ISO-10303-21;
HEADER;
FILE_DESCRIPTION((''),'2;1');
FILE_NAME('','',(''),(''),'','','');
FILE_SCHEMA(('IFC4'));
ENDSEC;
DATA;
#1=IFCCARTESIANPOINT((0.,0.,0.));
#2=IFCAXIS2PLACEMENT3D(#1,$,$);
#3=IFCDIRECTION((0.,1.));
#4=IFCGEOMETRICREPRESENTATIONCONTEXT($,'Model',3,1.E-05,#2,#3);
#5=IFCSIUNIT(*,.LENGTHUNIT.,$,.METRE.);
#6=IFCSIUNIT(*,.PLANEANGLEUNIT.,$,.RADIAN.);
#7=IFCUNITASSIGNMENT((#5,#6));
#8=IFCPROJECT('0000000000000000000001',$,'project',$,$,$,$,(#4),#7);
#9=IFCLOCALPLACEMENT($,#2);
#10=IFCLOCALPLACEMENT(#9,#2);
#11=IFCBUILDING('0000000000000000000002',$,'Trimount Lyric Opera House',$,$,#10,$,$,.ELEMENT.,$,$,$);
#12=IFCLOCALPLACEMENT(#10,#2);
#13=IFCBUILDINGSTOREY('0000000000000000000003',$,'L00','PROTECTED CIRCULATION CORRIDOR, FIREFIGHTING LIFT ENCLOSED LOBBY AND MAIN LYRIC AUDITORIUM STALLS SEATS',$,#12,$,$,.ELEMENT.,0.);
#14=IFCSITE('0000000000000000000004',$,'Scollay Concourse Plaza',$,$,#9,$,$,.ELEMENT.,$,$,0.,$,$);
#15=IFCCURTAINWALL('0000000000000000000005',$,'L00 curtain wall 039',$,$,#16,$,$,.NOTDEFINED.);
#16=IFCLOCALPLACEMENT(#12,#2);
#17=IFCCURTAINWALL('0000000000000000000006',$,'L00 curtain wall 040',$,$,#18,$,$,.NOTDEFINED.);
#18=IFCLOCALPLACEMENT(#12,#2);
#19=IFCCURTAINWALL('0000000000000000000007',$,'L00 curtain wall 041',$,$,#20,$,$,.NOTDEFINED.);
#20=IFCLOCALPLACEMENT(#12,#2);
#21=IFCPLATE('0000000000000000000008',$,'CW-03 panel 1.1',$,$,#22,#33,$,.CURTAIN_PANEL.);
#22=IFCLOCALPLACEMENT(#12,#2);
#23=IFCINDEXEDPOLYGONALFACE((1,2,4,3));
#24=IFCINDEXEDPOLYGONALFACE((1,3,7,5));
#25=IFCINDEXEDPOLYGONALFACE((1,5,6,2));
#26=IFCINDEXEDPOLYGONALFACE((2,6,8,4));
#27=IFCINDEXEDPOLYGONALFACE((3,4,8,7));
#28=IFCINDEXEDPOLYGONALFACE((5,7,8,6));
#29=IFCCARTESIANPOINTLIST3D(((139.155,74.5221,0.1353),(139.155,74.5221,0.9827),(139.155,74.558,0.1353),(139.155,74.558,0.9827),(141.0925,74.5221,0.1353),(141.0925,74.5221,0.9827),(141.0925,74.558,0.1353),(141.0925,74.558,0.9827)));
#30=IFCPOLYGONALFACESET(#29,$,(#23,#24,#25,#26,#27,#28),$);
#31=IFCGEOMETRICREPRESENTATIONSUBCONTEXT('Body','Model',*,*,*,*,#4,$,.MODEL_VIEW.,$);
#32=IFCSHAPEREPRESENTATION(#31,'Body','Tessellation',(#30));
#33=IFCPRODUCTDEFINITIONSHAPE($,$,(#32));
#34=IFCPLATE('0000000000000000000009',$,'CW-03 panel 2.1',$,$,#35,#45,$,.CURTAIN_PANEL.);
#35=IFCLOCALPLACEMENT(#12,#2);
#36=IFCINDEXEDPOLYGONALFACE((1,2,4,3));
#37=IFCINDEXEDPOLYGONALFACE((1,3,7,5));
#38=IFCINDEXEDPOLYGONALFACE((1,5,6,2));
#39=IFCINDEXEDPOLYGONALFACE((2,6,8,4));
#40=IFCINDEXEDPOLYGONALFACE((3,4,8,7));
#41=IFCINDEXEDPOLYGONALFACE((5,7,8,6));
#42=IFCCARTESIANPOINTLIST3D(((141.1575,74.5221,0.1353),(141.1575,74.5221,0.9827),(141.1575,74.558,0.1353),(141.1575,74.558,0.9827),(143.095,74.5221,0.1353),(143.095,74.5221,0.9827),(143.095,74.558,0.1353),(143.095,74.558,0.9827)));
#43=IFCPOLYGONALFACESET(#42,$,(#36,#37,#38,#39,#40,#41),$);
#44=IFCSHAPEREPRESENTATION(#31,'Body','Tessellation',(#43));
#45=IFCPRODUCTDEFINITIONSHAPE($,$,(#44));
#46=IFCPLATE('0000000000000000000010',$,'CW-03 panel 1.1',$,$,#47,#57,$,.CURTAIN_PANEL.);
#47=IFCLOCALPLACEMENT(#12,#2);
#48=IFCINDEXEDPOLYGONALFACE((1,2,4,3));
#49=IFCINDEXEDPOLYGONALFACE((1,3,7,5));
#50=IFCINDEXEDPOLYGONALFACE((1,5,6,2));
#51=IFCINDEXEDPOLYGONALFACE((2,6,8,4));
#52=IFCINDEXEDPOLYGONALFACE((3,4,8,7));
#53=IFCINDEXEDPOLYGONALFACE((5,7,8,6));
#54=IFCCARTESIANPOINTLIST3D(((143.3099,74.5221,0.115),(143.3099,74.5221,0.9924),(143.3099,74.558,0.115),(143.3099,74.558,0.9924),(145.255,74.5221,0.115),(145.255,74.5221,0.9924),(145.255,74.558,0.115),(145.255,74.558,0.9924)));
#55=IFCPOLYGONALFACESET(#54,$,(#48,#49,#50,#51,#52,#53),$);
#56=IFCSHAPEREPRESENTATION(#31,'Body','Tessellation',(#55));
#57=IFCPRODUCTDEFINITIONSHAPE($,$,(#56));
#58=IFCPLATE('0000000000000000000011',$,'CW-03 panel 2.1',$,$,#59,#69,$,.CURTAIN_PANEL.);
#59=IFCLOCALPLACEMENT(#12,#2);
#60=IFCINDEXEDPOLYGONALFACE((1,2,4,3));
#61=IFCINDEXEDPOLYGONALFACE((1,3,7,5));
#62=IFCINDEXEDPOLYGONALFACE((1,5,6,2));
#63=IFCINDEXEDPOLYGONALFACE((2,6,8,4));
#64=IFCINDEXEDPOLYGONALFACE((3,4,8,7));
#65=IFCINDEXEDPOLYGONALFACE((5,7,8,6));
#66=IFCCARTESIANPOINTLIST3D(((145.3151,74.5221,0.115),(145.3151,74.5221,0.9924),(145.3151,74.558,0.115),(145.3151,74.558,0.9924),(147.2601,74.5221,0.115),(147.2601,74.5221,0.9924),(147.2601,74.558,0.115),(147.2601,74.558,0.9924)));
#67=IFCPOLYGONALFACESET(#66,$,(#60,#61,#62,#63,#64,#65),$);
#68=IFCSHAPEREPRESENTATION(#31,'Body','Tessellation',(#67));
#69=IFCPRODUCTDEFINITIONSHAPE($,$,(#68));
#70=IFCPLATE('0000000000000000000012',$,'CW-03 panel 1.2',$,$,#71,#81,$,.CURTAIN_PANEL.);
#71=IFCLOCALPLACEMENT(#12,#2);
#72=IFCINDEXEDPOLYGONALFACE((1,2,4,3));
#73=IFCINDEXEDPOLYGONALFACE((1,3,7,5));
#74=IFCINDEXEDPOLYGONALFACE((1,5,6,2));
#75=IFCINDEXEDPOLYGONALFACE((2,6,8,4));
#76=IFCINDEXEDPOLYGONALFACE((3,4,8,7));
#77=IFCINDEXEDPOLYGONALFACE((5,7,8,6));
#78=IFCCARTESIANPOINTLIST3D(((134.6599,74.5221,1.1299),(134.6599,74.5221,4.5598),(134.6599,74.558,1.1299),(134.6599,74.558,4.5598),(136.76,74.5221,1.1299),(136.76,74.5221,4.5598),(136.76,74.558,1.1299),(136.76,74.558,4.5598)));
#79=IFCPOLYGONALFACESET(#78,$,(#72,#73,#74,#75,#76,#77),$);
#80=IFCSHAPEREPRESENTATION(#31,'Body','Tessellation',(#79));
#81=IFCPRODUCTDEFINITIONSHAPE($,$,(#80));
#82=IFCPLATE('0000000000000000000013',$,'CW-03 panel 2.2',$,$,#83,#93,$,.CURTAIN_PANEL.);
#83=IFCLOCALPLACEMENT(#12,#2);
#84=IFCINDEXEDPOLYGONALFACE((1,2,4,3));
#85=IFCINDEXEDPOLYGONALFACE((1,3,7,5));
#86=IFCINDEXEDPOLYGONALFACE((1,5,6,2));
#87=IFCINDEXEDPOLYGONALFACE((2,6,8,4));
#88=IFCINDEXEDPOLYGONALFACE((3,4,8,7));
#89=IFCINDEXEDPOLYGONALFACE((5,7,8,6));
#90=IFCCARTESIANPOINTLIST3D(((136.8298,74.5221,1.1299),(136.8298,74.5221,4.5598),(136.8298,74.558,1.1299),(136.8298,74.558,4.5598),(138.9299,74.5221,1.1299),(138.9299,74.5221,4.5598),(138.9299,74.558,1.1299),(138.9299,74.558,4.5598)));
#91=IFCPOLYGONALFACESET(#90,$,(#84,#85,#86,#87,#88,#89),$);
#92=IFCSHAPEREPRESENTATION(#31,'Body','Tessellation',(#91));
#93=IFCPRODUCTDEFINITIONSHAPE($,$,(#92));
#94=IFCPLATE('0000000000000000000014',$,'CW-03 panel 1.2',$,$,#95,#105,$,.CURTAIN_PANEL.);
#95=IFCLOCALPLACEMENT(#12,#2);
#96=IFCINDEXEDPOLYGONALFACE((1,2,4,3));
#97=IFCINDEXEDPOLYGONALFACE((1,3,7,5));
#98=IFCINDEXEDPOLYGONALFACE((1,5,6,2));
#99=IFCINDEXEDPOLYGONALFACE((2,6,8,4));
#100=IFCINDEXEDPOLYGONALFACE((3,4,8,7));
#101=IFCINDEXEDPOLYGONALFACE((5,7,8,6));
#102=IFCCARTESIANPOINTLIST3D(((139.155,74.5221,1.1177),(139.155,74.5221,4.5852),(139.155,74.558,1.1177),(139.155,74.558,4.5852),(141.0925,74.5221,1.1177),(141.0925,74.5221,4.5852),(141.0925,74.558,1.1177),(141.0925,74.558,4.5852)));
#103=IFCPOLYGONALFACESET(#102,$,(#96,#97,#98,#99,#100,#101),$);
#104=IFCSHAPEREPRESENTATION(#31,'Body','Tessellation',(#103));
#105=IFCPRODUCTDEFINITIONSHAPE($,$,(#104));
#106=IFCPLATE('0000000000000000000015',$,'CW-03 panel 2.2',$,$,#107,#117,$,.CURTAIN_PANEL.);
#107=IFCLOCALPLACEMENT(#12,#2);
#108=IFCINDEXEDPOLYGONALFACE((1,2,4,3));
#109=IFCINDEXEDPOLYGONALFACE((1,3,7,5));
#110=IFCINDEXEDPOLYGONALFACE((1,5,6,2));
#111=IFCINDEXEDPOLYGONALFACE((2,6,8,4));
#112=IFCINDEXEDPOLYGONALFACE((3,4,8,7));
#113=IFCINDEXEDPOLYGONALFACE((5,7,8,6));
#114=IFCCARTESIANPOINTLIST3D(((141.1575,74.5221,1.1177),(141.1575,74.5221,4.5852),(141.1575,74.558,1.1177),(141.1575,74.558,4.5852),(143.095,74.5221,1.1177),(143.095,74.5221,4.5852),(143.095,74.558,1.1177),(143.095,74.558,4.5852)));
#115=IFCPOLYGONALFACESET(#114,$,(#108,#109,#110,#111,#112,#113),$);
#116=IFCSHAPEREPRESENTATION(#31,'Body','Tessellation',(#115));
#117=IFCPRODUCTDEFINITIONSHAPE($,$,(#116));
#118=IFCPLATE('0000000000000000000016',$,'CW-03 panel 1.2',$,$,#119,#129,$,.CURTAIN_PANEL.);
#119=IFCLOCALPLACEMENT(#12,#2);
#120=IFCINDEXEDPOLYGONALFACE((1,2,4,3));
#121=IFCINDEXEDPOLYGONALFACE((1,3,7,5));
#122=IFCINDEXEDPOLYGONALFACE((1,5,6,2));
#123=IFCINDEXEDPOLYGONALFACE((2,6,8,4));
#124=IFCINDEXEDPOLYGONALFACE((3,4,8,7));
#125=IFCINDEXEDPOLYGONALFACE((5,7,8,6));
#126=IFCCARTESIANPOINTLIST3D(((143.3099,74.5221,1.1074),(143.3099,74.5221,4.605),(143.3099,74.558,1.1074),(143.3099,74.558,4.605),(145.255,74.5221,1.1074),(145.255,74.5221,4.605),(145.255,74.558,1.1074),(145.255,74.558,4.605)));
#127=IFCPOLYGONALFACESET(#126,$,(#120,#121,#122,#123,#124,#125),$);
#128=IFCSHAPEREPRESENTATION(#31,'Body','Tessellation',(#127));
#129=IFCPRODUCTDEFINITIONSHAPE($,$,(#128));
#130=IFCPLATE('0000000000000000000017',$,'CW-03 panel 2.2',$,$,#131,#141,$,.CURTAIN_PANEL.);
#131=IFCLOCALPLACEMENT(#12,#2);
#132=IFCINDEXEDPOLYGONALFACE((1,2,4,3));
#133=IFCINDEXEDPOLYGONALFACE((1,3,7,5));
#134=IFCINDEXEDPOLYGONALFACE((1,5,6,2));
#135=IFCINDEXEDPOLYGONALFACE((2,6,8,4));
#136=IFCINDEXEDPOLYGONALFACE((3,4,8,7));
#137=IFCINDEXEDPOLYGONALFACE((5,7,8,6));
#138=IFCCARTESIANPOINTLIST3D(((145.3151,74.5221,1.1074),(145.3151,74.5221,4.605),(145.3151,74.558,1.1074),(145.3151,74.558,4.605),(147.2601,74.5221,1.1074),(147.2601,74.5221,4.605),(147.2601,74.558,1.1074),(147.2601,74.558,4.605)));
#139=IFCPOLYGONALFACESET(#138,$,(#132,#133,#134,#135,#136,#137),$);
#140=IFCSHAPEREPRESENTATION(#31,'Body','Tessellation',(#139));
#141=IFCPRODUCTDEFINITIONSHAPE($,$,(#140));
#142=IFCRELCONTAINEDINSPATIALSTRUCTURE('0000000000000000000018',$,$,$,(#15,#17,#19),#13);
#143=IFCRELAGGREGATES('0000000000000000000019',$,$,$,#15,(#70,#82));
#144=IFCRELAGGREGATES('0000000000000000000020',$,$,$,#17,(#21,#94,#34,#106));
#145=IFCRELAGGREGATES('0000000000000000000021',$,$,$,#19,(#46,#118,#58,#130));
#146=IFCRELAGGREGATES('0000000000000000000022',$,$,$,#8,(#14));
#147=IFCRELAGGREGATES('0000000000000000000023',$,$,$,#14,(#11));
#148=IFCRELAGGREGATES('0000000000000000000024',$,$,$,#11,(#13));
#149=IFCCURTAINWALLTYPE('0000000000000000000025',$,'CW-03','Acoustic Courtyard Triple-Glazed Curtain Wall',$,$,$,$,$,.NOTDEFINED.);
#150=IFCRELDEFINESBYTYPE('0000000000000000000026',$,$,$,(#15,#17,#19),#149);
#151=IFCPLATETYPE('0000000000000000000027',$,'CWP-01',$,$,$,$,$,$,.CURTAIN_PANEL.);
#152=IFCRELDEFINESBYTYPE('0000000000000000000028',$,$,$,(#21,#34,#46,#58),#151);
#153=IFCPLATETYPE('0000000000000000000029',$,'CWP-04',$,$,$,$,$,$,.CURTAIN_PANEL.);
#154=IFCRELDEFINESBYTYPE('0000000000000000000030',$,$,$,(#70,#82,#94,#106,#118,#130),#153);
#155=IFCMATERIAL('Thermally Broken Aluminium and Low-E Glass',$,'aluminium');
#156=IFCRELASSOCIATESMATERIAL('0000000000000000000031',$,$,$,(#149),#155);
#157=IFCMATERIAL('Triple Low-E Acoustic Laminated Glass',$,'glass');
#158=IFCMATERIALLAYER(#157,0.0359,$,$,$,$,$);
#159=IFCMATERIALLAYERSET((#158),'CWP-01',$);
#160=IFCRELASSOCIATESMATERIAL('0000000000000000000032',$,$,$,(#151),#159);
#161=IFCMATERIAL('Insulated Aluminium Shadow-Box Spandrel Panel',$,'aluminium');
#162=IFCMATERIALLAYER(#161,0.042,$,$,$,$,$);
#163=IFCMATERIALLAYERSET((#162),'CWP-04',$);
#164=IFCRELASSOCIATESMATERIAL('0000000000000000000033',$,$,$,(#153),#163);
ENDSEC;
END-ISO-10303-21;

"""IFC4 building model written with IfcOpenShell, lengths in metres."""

from ifc_helpers import new_model, si_unit, direction, frame, origin, origin_2d, place, context, subcontext, project, spatial, rectangle, extrude, material, layer, layer_set, type_object, element, aggregate, save


model = new_model("IFC4")

# Units and contexts
model_context = context("Model", 3, precision=1e-05, world=origin(), true_north=direction((0.0, 1.0)))
body_context = subcontext(model_context, "Body", "Model", "MODEL_VIEW")
ifc_project = project(units=[si_unit("LENGTHUNIT", "METRE"), si_unit("PLANEANGLEUNIT", "RADIAN")], contexts=[model_context])

# Site, building, storey
site_placement = place(None, origin())
site = spatial("IfcSite", under=ifc_project, at=site_placement, Name="Scollay Concourse Plaza", CompositionType="ELEMENT", RefElevation=0.0)
building_placement = place(site_placement, origin())
building = spatial("IfcBuilding", under=site, at=building_placement, Name="Trimount Lyric Opera House", CompositionType="ELEMENT")
storey_placement = place(building_placement, origin())
storey = spatial("IfcBuildingStorey", under=building, at=storey_placement, Name="L00", Description="PROTECTED CIRCULATION CORRIDOR, FIREFIGHTING LIFT ENCLOSED LOBBY AND MAIN LYRIC AUDITORIUM STALLS SEATS", CompositionType="ELEMENT", Elevation=0.0)

# Curtain walls
ifc_material_1 = material(Name="Thermally Broken Aluminium and Low-E Glass", Category="aluminium")
curtain_wall_type = type_object("IfcCurtainWallType", Name="CW-03", Description="Acoustic Courtyard Triple-Glazed Curtain Wall", PredefinedType="NOTDEFINED", material=ifc_material_1)
curtain_wall_1_placement = place(storey_placement, origin())
curtain_wall_1 = element("IfcCurtainWall", 1, at=curtain_wall_1_placement, inside=storey, type_object=curtain_wall_type, Name="L00 curtain wall 039", PredefinedType="NOTDEFINED")
curtain_wall_2_placement = place(storey_placement, origin())
curtain_wall_2 = element("IfcCurtainWall", 2, at=curtain_wall_2_placement, inside=storey, type_object=curtain_wall_type, Name="L00 curtain wall 040", PredefinedType="NOTDEFINED")
curtain_wall_3_placement = place(storey_placement, origin())
curtain_wall_3 = element("IfcCurtainWall", 3, at=curtain_wall_3_placement, inside=storey, type_object=curtain_wall_type, Name="L00 curtain wall 041", PredefinedType="NOTDEFINED")

# Plates
ifc_material_2 = material(Name="Triple Low-E Acoustic Laminated Glass", Category="glass")
ifc_layer_1 = layer(ifc_material_2, 0.0359)
ifc_layer_set_1 = layer_set([ifc_layer_1], Name="CWP-01")
plate_type_1 = type_object("IfcPlateType", Name="CWP-01", PredefinedType="CURTAIN_PANEL", material=ifc_layer_set_1)
plate_1_placement = place(storey_placement, frame((140.1238, 74.54, 0.1353), z_axis=(0.0, 0.0, 1.0), x_axis=(1.0, 0.0, 0.0)))
plate_1 = element("IfcPlate", 4, at=plate_1_placement, type_object=plate_type_1, Name="CW-03 panel 1.1", PredefinedType="CURTAIN_PANEL", context=body_context, shape_type="SweptSolid", body=[
    extrude(rectangle(XDim=1.9375, YDim=0.0359, at=origin_2d()), origin(), (0.0, 0.0, 1.0), 0.8474),
])
plate_2_placement = place(storey_placement, frame((142.1262, 74.54, 0.1353), z_axis=(0.0, 0.0, 1.0), x_axis=(1.0, 0.0, 0.0)))
plate_2 = element("IfcPlate", 5, at=plate_2_placement, type_object=plate_type_1, Name="CW-03 panel 2.1", PredefinedType="CURTAIN_PANEL", context=body_context, shape_type="SweptSolid", body=[
    extrude(rectangle(XDim=1.9375, YDim=0.0359, at=origin_2d()), origin(), (0.0, 0.0, 1.0), 0.8474),
])
plate_3_placement = place(storey_placement, frame((144.2825, 74.54, 0.115), z_axis=(0.0, 0.0, 1.0), x_axis=(1.0, 0.0, 0.0)))
plate_3 = element("IfcPlate", 6, at=plate_3_placement, type_object=plate_type_1, Name="CW-03 panel 1.1", PredefinedType="CURTAIN_PANEL", context=body_context, shape_type="SweptSolid", body=[
    extrude(rectangle(XDim=1.9451, YDim=0.0359, at=origin_2d()), origin(), (0.0, 0.0, 1.0), 0.8774),
])
plate_4_placement = place(storey_placement, frame((146.2876, 74.54, 0.115), z_axis=(0.0, 0.0, 1.0), x_axis=(1.0, 0.0, 0.0)))
plate_4 = element("IfcPlate", 7, at=plate_4_placement, type_object=plate_type_1, Name="CW-03 panel 2.1", PredefinedType="CURTAIN_PANEL", context=body_context, shape_type="SweptSolid", body=[
    extrude(rectangle(XDim=1.9451, YDim=0.0359, at=origin_2d()), origin(), (0.0, 0.0, 1.0), 0.8774),
])
ifc_material_3 = material(Name="Insulated Aluminium Shadow-Box Spandrel Panel", Category="aluminium")
ifc_layer_2 = layer(ifc_material_3, 0.042)
ifc_layer_set_2 = layer_set([ifc_layer_2], Name="CWP-04")
plate_type_2 = type_object("IfcPlateType", Name="CWP-04", PredefinedType="CURTAIN_PANEL", material=ifc_layer_set_2)
plate_5_placement = place(storey_placement, frame((135.71, 74.54, 1.1299), z_axis=(0.0, 0.0, 1.0), x_axis=(1.0, 0.0, 0.0)))
plate_5 = element("IfcPlate", 8, at=plate_5_placement, type_object=plate_type_2, Name="CW-03 panel 1.2", PredefinedType="CURTAIN_PANEL", context=body_context, shape_type="SweptSolid", body=[
    extrude(rectangle(XDim=2.1001, YDim=0.0359, at=origin_2d()), origin(), (0.0, 0.0, 1.0), 3.4299),
])
plate_6_placement = place(storey_placement, frame((137.8799, 74.54, 1.1299), z_axis=(0.0, 0.0, 1.0), x_axis=(1.0, 0.0, 0.0)))
plate_6 = element("IfcPlate", 9, at=plate_6_placement, type_object=plate_type_2, Name="CW-03 panel 2.2", PredefinedType="CURTAIN_PANEL", context=body_context, shape_type="SweptSolid", body=[
    extrude(rectangle(XDim=2.1001, YDim=0.0359, at=origin_2d()), origin(), (0.0, 0.0, 1.0), 3.4299),
])
aggregate(curtain_wall_1, [plate_5, plate_6])
plate_7_placement = place(storey_placement, frame((140.1238, 74.54, 1.1177), z_axis=(0.0, 0.0, 1.0), x_axis=(1.0, 0.0, 0.0)))
plate_7 = element("IfcPlate", 10, at=plate_7_placement, type_object=plate_type_2, Name="CW-03 panel 1.2", PredefinedType="CURTAIN_PANEL", context=body_context, shape_type="SweptSolid", body=[
    extrude(rectangle(XDim=1.9375, YDim=0.0359, at=origin_2d()), origin(), (0.0, 0.0, 1.0), 3.4675),
])
plate_8_placement = place(storey_placement, frame((142.1262, 74.54, 1.1177), z_axis=(0.0, 0.0, 1.0), x_axis=(1.0, 0.0, 0.0)))
plate_8 = element("IfcPlate", 11, at=plate_8_placement, type_object=plate_type_2, Name="CW-03 panel 2.2", PredefinedType="CURTAIN_PANEL", context=body_context, shape_type="SweptSolid", body=[
    extrude(rectangle(XDim=1.9375, YDim=0.0359, at=origin_2d()), origin(), (0.0, 0.0, 1.0), 3.4675),
])
aggregate(curtain_wall_2, [plate_1, plate_7, plate_2, plate_8])
plate_9_placement = place(storey_placement, frame((144.2825, 74.54, 1.1074), z_axis=(0.0, 0.0, 1.0), x_axis=(1.0, 0.0, 0.0)))
plate_9 = element("IfcPlate", 12, at=plate_9_placement, type_object=plate_type_2, Name="CW-03 panel 1.2", PredefinedType="CURTAIN_PANEL", context=body_context, shape_type="SweptSolid", body=[
    extrude(rectangle(XDim=1.9451, YDim=0.0359, at=origin_2d()), origin(), (0.0, 0.0, 1.0), 3.4976),
])
plate_10_placement = place(storey_placement, frame((146.2876, 74.54, 1.1074), z_axis=(0.0, 0.0, 1.0), x_axis=(1.0, 0.0, 0.0)))
plate_10 = element("IfcPlate", 13, at=plate_10_placement, type_object=plate_type_2, Name="CW-03 panel 2.2", PredefinedType="CURTAIN_PANEL", context=body_context, shape_type="SweptSolid", body=[
    extrude(rectangle(XDim=1.9451, YDim=0.0359, at=origin_2d()), origin(), (0.0, 0.0, 1.0), 3.4976),
])
aggregate(curtain_wall_3, [plate_3, plate_9, plate_4, plate_10])

save(model, "model.ifc")
